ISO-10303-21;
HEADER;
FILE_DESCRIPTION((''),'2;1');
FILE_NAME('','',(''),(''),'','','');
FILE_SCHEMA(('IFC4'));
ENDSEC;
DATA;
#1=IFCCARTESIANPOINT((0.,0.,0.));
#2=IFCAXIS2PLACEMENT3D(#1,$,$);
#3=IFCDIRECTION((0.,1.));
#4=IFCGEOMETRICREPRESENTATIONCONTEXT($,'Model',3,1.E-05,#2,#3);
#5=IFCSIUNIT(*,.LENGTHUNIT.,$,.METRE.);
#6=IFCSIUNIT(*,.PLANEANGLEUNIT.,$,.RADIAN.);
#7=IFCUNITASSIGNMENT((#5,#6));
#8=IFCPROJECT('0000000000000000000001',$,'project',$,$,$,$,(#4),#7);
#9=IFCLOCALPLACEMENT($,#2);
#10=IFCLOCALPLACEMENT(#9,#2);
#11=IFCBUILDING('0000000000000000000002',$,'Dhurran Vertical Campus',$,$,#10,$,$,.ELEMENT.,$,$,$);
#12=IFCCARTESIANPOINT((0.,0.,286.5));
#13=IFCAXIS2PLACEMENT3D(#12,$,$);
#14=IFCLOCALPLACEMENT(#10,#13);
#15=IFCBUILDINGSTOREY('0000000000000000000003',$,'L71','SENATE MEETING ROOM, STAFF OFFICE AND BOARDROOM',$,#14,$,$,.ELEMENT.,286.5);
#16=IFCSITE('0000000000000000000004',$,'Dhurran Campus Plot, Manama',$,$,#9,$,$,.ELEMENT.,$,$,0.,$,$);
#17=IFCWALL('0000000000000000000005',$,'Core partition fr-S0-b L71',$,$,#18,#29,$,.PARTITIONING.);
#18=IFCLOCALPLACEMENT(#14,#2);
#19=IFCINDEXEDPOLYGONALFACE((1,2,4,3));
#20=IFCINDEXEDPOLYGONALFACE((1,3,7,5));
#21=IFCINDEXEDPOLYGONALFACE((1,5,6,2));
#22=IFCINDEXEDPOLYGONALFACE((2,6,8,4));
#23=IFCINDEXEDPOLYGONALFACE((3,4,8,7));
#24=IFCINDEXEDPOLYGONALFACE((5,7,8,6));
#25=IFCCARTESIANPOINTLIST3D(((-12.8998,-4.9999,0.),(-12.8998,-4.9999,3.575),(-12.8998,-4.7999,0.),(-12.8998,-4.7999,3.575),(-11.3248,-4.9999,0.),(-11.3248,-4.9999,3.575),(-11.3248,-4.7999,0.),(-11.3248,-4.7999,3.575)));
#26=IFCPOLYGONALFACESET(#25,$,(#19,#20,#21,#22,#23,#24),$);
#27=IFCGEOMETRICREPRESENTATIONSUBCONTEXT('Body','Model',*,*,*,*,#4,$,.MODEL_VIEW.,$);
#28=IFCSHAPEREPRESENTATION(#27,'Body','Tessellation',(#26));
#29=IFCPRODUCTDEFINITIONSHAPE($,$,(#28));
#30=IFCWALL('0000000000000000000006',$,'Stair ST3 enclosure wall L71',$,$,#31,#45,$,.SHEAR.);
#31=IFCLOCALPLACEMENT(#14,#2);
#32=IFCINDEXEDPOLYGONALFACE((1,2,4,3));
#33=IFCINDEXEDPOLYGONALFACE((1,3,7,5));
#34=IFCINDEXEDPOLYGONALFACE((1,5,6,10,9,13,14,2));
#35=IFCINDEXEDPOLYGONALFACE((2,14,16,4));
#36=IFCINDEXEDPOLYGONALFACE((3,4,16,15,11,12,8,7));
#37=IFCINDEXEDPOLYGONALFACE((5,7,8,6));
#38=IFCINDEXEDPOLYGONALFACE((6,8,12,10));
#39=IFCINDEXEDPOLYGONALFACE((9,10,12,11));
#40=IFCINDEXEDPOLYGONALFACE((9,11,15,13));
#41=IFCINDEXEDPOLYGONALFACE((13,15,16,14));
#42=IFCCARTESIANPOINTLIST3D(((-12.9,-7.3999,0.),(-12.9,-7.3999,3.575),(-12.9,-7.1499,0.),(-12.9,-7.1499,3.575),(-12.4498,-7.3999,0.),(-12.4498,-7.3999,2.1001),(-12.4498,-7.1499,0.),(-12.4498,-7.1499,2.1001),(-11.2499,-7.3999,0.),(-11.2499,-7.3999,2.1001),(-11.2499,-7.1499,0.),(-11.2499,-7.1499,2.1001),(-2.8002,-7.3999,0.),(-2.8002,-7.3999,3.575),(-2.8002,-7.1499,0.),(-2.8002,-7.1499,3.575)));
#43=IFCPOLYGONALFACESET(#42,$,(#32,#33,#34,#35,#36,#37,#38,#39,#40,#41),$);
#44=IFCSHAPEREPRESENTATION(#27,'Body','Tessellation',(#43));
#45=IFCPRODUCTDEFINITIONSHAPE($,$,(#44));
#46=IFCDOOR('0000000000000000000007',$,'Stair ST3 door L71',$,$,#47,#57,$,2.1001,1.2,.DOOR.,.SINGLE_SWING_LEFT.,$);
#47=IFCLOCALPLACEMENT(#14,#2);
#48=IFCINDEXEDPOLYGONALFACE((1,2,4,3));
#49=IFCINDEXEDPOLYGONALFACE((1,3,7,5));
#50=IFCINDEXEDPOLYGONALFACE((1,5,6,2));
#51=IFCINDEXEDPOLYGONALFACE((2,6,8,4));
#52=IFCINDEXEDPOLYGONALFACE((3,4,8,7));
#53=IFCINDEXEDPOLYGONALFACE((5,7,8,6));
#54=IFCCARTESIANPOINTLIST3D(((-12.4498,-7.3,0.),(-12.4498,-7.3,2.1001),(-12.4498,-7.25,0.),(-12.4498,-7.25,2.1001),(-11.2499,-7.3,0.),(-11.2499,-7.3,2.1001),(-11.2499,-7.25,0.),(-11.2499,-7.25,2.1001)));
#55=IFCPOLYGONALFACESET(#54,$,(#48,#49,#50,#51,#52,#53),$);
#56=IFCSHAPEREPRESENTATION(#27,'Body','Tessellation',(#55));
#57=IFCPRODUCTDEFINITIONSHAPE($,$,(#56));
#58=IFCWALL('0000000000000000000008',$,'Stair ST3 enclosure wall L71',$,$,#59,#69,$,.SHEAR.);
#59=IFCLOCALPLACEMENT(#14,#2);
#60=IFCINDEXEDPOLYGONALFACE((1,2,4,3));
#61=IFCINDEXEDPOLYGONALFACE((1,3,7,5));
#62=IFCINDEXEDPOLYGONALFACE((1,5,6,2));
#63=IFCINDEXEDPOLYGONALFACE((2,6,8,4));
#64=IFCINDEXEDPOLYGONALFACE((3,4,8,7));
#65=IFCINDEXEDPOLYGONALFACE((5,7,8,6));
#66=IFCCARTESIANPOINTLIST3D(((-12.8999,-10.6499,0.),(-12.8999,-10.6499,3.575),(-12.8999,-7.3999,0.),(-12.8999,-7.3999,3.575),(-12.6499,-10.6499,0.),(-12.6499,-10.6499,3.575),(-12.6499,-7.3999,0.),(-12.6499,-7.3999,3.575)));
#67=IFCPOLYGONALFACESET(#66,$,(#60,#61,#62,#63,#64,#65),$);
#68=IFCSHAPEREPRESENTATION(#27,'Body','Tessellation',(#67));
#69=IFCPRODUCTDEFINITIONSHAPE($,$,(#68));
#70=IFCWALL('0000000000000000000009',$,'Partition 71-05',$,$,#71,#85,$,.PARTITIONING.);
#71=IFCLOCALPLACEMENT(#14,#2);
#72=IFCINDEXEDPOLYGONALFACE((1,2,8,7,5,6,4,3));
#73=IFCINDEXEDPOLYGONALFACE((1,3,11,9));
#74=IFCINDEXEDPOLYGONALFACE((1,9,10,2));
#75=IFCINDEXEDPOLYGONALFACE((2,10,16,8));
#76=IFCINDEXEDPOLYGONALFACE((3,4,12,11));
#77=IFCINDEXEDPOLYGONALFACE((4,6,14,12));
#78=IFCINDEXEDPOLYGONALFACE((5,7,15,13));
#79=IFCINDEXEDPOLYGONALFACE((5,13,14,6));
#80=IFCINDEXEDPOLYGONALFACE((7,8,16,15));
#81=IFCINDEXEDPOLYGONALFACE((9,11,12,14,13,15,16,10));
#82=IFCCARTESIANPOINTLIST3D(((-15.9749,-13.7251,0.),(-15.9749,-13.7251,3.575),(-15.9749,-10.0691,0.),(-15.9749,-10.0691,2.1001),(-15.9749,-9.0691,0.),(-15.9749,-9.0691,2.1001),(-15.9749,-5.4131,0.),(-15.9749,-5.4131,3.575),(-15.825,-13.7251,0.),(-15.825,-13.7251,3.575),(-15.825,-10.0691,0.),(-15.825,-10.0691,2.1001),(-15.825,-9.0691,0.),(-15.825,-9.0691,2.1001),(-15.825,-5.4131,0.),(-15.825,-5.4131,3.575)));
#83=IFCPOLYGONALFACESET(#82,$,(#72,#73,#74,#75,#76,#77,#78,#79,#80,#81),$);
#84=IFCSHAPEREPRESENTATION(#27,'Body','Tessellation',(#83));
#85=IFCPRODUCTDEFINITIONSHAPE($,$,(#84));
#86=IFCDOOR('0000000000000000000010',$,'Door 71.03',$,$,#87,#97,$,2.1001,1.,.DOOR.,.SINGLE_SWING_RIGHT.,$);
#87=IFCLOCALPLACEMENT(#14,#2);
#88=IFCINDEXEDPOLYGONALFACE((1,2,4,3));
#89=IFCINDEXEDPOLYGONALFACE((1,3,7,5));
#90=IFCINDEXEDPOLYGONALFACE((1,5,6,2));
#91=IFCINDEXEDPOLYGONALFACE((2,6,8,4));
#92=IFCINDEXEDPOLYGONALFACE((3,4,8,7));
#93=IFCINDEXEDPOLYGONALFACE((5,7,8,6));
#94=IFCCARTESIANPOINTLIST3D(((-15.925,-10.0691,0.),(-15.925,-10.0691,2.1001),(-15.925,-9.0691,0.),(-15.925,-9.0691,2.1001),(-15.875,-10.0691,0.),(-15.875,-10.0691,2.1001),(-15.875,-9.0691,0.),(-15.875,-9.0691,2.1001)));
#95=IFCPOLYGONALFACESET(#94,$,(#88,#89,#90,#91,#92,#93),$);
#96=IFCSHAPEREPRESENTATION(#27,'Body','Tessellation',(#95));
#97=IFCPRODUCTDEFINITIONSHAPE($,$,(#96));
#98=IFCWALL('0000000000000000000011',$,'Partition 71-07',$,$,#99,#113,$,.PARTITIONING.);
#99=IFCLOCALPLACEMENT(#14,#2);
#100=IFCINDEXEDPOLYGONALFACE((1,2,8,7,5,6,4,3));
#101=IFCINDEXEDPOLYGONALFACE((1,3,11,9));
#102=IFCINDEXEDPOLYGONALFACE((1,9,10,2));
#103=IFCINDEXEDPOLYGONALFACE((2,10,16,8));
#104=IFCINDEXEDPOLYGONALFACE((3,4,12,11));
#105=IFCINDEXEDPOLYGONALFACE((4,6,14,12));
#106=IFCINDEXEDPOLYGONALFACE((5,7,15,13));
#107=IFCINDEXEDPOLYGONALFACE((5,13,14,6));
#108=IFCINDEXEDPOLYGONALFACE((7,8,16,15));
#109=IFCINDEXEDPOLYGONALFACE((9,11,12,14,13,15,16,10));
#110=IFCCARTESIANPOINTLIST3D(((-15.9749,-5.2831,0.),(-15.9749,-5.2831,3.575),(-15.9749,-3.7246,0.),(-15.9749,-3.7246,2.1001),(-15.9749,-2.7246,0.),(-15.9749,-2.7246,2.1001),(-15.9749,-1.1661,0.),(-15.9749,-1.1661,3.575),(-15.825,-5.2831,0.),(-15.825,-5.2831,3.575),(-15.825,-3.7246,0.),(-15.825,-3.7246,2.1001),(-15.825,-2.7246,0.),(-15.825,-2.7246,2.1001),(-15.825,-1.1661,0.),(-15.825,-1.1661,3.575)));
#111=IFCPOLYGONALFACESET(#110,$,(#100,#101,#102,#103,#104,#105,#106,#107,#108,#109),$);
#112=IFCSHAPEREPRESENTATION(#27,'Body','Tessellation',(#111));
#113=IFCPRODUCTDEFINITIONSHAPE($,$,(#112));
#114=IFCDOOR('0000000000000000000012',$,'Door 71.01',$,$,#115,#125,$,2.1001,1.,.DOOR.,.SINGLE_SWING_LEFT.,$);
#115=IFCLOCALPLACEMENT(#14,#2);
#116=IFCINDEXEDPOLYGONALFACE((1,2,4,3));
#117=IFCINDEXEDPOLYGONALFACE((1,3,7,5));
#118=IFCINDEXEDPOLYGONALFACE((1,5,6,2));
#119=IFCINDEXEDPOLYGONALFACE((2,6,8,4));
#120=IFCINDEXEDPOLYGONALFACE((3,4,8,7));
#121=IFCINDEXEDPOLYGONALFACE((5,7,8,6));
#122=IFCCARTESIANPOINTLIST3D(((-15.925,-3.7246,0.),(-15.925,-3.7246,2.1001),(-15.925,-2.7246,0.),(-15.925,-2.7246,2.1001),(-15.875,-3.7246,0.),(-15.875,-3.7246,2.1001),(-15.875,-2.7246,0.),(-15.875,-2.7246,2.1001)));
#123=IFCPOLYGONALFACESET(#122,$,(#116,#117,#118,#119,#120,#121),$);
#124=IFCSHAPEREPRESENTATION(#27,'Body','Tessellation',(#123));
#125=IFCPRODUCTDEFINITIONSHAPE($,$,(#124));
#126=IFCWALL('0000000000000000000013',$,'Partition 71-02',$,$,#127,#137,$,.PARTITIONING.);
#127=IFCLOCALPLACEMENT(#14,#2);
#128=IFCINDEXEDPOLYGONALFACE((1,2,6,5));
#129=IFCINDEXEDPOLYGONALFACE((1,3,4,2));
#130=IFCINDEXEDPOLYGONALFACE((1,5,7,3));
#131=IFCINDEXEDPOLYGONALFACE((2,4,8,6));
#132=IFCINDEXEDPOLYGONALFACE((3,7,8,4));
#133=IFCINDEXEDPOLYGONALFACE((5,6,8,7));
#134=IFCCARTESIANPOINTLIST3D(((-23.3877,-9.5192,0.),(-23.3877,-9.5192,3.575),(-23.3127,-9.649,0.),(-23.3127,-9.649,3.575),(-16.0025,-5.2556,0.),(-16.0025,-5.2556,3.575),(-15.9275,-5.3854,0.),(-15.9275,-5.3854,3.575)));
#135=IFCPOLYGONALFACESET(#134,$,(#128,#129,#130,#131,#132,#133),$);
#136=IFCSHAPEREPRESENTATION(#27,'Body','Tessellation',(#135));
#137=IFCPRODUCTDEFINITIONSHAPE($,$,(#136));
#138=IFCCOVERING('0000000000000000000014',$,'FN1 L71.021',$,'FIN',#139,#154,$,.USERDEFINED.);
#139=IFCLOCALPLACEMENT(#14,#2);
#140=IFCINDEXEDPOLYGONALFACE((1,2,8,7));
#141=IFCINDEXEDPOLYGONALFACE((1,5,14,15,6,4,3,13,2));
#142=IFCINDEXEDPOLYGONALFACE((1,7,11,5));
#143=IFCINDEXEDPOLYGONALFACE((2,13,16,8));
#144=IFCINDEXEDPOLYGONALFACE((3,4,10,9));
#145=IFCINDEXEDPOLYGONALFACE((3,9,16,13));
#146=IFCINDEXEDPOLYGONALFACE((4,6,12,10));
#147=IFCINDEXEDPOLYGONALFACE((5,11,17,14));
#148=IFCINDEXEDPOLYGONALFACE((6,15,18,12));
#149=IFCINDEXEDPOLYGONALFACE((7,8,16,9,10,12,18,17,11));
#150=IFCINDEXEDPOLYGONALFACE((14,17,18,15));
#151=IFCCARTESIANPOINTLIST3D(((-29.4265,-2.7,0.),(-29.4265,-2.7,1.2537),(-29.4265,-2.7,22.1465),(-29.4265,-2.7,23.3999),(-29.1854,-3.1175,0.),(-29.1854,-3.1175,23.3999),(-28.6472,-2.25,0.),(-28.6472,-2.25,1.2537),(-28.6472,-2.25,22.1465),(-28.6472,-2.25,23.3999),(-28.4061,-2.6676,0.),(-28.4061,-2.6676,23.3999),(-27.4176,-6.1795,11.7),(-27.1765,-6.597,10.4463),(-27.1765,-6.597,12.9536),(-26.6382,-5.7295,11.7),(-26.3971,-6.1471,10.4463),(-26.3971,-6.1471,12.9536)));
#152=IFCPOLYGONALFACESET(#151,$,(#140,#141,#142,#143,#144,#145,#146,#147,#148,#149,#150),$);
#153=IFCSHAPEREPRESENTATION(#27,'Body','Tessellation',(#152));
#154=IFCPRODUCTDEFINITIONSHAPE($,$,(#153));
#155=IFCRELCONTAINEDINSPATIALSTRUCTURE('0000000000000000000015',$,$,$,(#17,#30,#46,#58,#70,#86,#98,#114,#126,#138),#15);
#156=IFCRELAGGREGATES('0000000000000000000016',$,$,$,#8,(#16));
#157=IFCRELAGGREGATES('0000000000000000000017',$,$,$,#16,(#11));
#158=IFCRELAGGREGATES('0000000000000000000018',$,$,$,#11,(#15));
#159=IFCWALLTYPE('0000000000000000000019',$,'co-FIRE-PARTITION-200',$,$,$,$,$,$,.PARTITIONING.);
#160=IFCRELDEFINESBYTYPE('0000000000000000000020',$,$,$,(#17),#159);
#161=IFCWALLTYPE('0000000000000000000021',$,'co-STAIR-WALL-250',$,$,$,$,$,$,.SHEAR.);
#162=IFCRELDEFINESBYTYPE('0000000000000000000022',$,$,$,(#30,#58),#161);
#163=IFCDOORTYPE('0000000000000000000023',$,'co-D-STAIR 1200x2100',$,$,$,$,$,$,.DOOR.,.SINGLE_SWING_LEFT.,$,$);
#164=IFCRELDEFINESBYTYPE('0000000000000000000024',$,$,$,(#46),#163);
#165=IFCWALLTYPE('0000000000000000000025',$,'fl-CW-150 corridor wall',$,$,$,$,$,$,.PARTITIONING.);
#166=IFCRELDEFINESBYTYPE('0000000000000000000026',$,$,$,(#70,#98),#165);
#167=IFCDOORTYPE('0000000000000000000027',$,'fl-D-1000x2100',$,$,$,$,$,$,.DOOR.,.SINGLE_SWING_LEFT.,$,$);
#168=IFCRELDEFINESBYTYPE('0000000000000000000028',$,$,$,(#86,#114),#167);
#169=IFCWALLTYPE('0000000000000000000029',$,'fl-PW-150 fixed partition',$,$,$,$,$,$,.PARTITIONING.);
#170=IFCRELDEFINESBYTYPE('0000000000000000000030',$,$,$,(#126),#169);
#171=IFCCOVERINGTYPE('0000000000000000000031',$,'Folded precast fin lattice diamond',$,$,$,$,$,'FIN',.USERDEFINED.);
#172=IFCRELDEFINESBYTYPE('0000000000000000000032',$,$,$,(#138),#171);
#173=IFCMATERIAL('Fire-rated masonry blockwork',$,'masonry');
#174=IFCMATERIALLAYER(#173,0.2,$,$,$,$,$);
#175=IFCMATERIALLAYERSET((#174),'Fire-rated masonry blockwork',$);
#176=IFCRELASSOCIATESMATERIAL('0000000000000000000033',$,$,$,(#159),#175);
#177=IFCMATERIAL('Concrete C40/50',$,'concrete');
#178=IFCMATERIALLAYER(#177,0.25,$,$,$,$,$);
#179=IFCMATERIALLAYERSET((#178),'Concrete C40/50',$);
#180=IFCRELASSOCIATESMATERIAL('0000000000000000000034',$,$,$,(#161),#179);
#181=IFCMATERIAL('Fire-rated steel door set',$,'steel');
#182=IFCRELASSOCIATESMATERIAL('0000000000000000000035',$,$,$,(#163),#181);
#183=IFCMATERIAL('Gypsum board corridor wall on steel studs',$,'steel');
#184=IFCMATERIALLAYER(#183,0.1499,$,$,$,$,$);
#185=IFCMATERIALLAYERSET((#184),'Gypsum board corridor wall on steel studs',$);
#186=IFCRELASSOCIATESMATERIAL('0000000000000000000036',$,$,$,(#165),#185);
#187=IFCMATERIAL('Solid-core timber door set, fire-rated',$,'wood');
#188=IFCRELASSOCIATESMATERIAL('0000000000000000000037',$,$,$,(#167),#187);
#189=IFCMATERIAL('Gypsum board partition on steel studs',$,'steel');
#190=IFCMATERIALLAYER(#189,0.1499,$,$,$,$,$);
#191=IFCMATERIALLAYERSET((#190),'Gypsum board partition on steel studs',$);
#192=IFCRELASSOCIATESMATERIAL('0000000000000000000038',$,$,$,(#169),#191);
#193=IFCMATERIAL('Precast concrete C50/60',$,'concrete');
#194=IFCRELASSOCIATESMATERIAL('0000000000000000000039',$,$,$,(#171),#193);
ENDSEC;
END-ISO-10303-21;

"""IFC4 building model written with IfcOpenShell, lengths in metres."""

from ifc_helpers import new_model, si_unit, direction, frame, frame_2d, origin, place, context, subcontext, project, spatial, polyline, rectangle, outline, extrude, material, layer, layer_set, type_object, element, fill, save


model = new_model("IFC4")

# Units and contexts
model_context = context("Model", 3, precision=1e-05, world=origin(), true_north=direction((0.0, 1.0)))
body_context = subcontext(model_context, "Body", "Model", "MODEL_VIEW")
ifc_project = project(units=[si_unit("LENGTHUNIT", "METRE"), si_unit("PLANEANGLEUNIT", "RADIAN")], contexts=[model_context])

# Site, building, storey
site_placement = place(None, origin())
site = spatial("IfcSite", under=ifc_project, at=site_placement, Name="Dhurran Campus Plot, Manama", CompositionType="ELEMENT", RefElevation=0.0)
building_placement = place(site_placement, origin())
building = spatial("IfcBuilding", under=site, at=building_placement, Name="Dhurran Vertical Campus", CompositionType="ELEMENT")
storey_placement = place(building_placement, frame((0.0, 0.0, 286.5)))
storey = spatial("IfcBuildingStorey", under=building, at=storey_placement, Name="L71", Description="SENATE MEETING ROOM, STAFF OFFICE AND BOARDROOM", CompositionType="ELEMENT", Elevation=286.5)

# Shared definitions
ifc_material_1 = material(Name="Fire-rated masonry blockwork", Category="masonry")
ifc_layer_1 = layer(ifc_material_1, 0.2)
ifc_layer_set_1 = layer_set([ifc_layer_1], Name="Fire-rated masonry blockwork")
wall_type_1 = type_object("IfcWallType", Name="co-FIRE-PARTITION-200", PredefinedType="PARTITIONING", material=ifc_layer_set_1)

# Wall
wall_1_placement = place(storey_placement, frame((-12.8999, -4.8999, 0.0), z_axis=(0.0, 0.0, 1.0), x_axis=(1.0, 0.0, 0.0)))
element("IfcWall", 1, at=wall_1_placement, inside=storey, type_object=wall_type_1, Name="Core partition fr-S0-b L71", PredefinedType="PARTITIONING", context=body_context, shape_type="SweptSolid", body=[
    extrude(rectangle(XDim=1.575, YDim=0.2, at=frame_2d((0.7876, 0.0))), origin(), (0.0, 0.0, 1.0), 3.575),
])

# Wall, opening, door
ifc_material_2 = material(Name="Concrete C40/50", Category="concrete")
ifc_layer_2 = layer(ifc_material_2, 0.25)
ifc_layer_set_2 = layer_set([ifc_layer_2], Name="Concrete C40/50")
wall_type_2 = type_object("IfcWallType", Name="co-STAIR-WALL-250", PredefinedType="SHEAR", material=ifc_layer_set_2)
wall_2_placement = place(storey_placement, frame((-12.8999, -7.2749, 0.0), z_axis=(0.0, 0.0, 1.0), x_axis=(1.0, 0.0, 0.0)))
wall_2 = element("IfcWall", 2, at=wall_2_placement, inside=storey, type_object=wall_type_2, Name="Stair ST3 enclosure wall L71", PredefinedType="SHEAR", context=body_context, shape_type="SweptSolid", body=[
    extrude(rectangle(XDim=10.0999, YDim=0.25, at=frame_2d((5.0498, 0.0))), origin(), (0.0, 0.0, 1.0), 3.575),
])
opening_1_placement = place(wall_2_placement, frame((0.45, 0.0, 0.0)))
opening_1 = element("IfcOpeningElement", 3, at=opening_1_placement, cuts=wall_2, PredefinedType="OPENING", context=body_context, shape_type="SweptSolid", body=[
    extrude(rectangle(XDim=1.2, YDim=2.1001, at=frame_2d((0.6001, 1.05))), frame((0.0, 0.135, 0.0), z_axis=(0.0, -1.0, 0.0), x_axis=(1.0, 0.0, 0.0)), (0.0, 0.0, 1.0), 0.27),
])
ifc_material_3 = material(Name="Fire-rated steel door set", Category="steel")
door_type_1 = type_object("IfcDoorType", Name="co-D-STAIR 1200x2100", OperationType="SINGLE_SWING_LEFT", PredefinedType="DOOR", material=ifc_material_3)
door_1_placement = place(opening_1_placement, origin())
door_1 = element("IfcDoor", 4, at=door_1_placement, inside=storey, type_object=door_type_1, Name="Stair ST3 door L71", OperationType="SINGLE_SWING_LEFT", OverallHeight=2.1001, OverallWidth=1.2, PredefinedType="DOOR", context=body_context, shape_type="SweptSolid", body=[
    extrude(rectangle(XDim=1.2, YDim=2.1001, at=frame_2d((0.6001, 1.05))), frame((0.0, 0.0249, 0.0), z_axis=(0.0, -1.0, 0.0), x_axis=(1.0, 0.0, 0.0)), (0.0, 0.0, 1.0), 0.05),
])
fill(opening_1, door_1)

# Wall
wall_3_placement = place(storey_placement, frame((-12.7749, -10.6499, 0.0), z_axis=(0.0, 0.0, 1.0), x_axis=(0.0, 1.0, 0.0)))
element("IfcWall", 5, at=wall_3_placement, inside=storey, type_object=wall_type_2, Name="Stair ST3 enclosure wall L71", PredefinedType="SHEAR", context=body_context, shape_type="SweptSolid", body=[
    extrude(rectangle(XDim=3.25, YDim=0.25, at=frame_2d((1.625, 0.0))), origin(), (0.0, 0.0, 1.0), 3.575),
])

# Walls, openings, doors
ifc_material_4 = material(Name="Gypsum board corridor wall on steel studs", Category="steel")
ifc_layer_3 = layer(ifc_material_4, 0.1499)
ifc_layer_set_3 = layer_set([ifc_layer_3], Name="Gypsum board corridor wall on steel studs")
wall_type_3 = type_object("IfcWallType", Name="fl-CW-150 corridor wall", PredefinedType="PARTITIONING", material=ifc_layer_set_3)
wall_4_placement = place(storey_placement, frame((-15.8999, -5.4131, 0.0), z_axis=(0.0, 0.0, 1.0), x_axis=(0.0, -1.0, 0.0)))
wall_4 = element("IfcWall", 6, at=wall_4_placement, inside=storey, type_object=wall_type_3, Name="Partition 71-05", PredefinedType="PARTITIONING", context=body_context, shape_type="SweptSolid", body=[
    extrude(rectangle(XDim=8.312, YDim=0.1499, at=frame_2d((4.156, 0.0))), origin(), (0.0, 0.0, 1.0), 3.575),
])
opening_2_placement = place(wall_4_placement, frame((3.656, 0.0, 0.0)))
opening_2 = element("IfcOpeningElement", 7, at=opening_2_placement, cuts=wall_4, PredefinedType="OPENING", context=body_context, shape_type="SweptSolid", body=[
    extrude(rectangle(XDim=1.0, YDim=2.1001, at=frame_2d((0.5, 1.05))), frame((0.0, 0.085, 0.0), z_axis=(0.0, -1.0, 0.0), x_axis=(1.0, 0.0, 0.0)), (0.0, 0.0, 1.0), 0.1699),
])
ifc_material_5 = material(Name="Solid-core timber door set, fire-rated", Category="wood")
door_type_2 = type_object("IfcDoorType", Name="fl-D-1000x2100", OperationType="SINGLE_SWING_LEFT", PredefinedType="DOOR", material=ifc_material_5)
door_2_placement = place(opening_2_placement, origin())
door_2 = element("IfcDoor", 8, at=door_2_placement, inside=storey, type_object=door_type_2, Name="Door 71.03", OperationType="SINGLE_SWING_RIGHT", OverallHeight=2.1001, OverallWidth=1.0, PredefinedType="DOOR", context=body_context, shape_type="SweptSolid", body=[
    extrude(rectangle(XDim=1.0, YDim=2.1001, at=frame_2d((0.5, 1.05))), frame((0.0, 0.0249, 0.0), z_axis=(0.0, -1.0, 0.0), x_axis=(1.0, 0.0, 0.0)), (0.0, 0.0, 1.0), 0.05),
])
fill(opening_2, door_2)
wall_5_placement = place(storey_placement, frame((-15.8999, -1.166, 0.0), z_axis=(0.0, 0.0, 1.0), x_axis=(0.0, -1.0, 0.0)))
wall_5 = element("IfcWall", 9, at=wall_5_placement, inside=storey, type_object=wall_type_3, Name="Partition 71-07", PredefinedType="PARTITIONING", context=body_context, shape_type="SweptSolid", body=[
    extrude(rectangle(XDim=4.1169, YDim=0.1499, at=frame_2d((2.0586, 0.0))), origin(), (0.0, 0.0, 1.0), 3.575),
])
opening_3_placement = place(wall_5_placement, frame((1.5586, 0.0, 0.0)))
opening_3 = element("IfcOpeningElement", 10, at=opening_3_placement, cuts=wall_5, PredefinedType="OPENING", context=body_context, shape_type="SweptSolid", body=[
    extrude(rectangle(XDim=1.0, YDim=2.1001, at=frame_2d((0.5, 1.05))), frame((0.0, 0.085, 0.0), z_axis=(0.0, -1.0, 0.0), x_axis=(1.0, 0.0, 0.0)), (0.0, 0.0, 1.0), 0.1699),
])
door_3_placement = place(opening_3_placement, origin())
door_3 = element("IfcDoor", 11, at=door_3_placement, inside=storey, type_object=door_type_2, Name="Door 71.01", OperationType="SINGLE_SWING_LEFT", OverallHeight=2.1001, OverallWidth=1.0, PredefinedType="DOOR", context=body_context, shape_type="SweptSolid", body=[
    extrude(rectangle(XDim=1.0, YDim=2.1001, at=frame_2d((0.5, 1.05))), frame((0.0, 0.0249, 0.0), z_axis=(0.0, -1.0, 0.0), x_axis=(1.0, 0.0, 0.0)), (0.0, 0.0, 1.0), 0.05),
])
fill(opening_3, door_3)

# Wall
ifc_material_6 = material(Name="Gypsum board partition on steel studs", Category="steel")
ifc_layer_4 = layer(ifc_material_6, 0.1499)
ifc_layer_set_4 = layer_set([ifc_layer_4], Name="Gypsum board partition on steel studs")
wall_type_4 = type_object("IfcWallType", Name="fl-PW-150 fixed partition", PredefinedType="PARTITIONING", material=ifc_layer_set_4)
wall_6_placement = place(storey_placement, frame((-15.9651, -5.3206, 0.0), z_axis=(0.0, 0.0, 1.0), x_axis=(-0.866036, -0.499982, 0.0)))
element("IfcWall", 12, at=wall_6_placement, inside=storey, type_object=wall_type_4, Name="Partition 71-02", PredefinedType="PARTITIONING", context=body_context, shape_type="SweptSolid", body=[
    extrude(rectangle(XDim=8.5276, YDim=0.1499, at=frame_2d((4.2637, 0.0))), origin(), (0.0, 0.0, 1.0), 3.575),
])

# Covering
ifc_material_7 = material(Name="Precast concrete C50/60", Category="concrete")
covering_type = type_object("IfcCoveringType", Name="Folded precast fin lattice diamond", ElementType="FIN", PredefinedType="USERDEFINED", material=ifc_material_7)
covering_1_placement = place(storey_placement, frame((-28.6472, -2.25, 0.0), z_axis=(-0.866014, -0.50002, 0.0), x_axis=(0.50002, -0.866014, 0.0)))
element("IfcCovering", 13, at=covering_1_placement, inside=storey, type_object=covering_type, Name="FN1 L71.021", ObjectType="FIN", PredefinedType="USERDEFINED", context=body_context, shape_type="SweptSolid", body=[
    extrude(outline(polyline([(4.5, 10.4463), (0.4822, 0.0), (0.0, 0.0), (0.0, 1.2537), (4.0178, 11.7), (0.0, 22.1465), (0.0, 23.3999), (0.4822, 23.3999), (4.5, 12.9536), (4.5, 10.4463)])), origin(), (0.0, 0.0, 1.0), 0.8999),
])

save(model, "model.ifc")
